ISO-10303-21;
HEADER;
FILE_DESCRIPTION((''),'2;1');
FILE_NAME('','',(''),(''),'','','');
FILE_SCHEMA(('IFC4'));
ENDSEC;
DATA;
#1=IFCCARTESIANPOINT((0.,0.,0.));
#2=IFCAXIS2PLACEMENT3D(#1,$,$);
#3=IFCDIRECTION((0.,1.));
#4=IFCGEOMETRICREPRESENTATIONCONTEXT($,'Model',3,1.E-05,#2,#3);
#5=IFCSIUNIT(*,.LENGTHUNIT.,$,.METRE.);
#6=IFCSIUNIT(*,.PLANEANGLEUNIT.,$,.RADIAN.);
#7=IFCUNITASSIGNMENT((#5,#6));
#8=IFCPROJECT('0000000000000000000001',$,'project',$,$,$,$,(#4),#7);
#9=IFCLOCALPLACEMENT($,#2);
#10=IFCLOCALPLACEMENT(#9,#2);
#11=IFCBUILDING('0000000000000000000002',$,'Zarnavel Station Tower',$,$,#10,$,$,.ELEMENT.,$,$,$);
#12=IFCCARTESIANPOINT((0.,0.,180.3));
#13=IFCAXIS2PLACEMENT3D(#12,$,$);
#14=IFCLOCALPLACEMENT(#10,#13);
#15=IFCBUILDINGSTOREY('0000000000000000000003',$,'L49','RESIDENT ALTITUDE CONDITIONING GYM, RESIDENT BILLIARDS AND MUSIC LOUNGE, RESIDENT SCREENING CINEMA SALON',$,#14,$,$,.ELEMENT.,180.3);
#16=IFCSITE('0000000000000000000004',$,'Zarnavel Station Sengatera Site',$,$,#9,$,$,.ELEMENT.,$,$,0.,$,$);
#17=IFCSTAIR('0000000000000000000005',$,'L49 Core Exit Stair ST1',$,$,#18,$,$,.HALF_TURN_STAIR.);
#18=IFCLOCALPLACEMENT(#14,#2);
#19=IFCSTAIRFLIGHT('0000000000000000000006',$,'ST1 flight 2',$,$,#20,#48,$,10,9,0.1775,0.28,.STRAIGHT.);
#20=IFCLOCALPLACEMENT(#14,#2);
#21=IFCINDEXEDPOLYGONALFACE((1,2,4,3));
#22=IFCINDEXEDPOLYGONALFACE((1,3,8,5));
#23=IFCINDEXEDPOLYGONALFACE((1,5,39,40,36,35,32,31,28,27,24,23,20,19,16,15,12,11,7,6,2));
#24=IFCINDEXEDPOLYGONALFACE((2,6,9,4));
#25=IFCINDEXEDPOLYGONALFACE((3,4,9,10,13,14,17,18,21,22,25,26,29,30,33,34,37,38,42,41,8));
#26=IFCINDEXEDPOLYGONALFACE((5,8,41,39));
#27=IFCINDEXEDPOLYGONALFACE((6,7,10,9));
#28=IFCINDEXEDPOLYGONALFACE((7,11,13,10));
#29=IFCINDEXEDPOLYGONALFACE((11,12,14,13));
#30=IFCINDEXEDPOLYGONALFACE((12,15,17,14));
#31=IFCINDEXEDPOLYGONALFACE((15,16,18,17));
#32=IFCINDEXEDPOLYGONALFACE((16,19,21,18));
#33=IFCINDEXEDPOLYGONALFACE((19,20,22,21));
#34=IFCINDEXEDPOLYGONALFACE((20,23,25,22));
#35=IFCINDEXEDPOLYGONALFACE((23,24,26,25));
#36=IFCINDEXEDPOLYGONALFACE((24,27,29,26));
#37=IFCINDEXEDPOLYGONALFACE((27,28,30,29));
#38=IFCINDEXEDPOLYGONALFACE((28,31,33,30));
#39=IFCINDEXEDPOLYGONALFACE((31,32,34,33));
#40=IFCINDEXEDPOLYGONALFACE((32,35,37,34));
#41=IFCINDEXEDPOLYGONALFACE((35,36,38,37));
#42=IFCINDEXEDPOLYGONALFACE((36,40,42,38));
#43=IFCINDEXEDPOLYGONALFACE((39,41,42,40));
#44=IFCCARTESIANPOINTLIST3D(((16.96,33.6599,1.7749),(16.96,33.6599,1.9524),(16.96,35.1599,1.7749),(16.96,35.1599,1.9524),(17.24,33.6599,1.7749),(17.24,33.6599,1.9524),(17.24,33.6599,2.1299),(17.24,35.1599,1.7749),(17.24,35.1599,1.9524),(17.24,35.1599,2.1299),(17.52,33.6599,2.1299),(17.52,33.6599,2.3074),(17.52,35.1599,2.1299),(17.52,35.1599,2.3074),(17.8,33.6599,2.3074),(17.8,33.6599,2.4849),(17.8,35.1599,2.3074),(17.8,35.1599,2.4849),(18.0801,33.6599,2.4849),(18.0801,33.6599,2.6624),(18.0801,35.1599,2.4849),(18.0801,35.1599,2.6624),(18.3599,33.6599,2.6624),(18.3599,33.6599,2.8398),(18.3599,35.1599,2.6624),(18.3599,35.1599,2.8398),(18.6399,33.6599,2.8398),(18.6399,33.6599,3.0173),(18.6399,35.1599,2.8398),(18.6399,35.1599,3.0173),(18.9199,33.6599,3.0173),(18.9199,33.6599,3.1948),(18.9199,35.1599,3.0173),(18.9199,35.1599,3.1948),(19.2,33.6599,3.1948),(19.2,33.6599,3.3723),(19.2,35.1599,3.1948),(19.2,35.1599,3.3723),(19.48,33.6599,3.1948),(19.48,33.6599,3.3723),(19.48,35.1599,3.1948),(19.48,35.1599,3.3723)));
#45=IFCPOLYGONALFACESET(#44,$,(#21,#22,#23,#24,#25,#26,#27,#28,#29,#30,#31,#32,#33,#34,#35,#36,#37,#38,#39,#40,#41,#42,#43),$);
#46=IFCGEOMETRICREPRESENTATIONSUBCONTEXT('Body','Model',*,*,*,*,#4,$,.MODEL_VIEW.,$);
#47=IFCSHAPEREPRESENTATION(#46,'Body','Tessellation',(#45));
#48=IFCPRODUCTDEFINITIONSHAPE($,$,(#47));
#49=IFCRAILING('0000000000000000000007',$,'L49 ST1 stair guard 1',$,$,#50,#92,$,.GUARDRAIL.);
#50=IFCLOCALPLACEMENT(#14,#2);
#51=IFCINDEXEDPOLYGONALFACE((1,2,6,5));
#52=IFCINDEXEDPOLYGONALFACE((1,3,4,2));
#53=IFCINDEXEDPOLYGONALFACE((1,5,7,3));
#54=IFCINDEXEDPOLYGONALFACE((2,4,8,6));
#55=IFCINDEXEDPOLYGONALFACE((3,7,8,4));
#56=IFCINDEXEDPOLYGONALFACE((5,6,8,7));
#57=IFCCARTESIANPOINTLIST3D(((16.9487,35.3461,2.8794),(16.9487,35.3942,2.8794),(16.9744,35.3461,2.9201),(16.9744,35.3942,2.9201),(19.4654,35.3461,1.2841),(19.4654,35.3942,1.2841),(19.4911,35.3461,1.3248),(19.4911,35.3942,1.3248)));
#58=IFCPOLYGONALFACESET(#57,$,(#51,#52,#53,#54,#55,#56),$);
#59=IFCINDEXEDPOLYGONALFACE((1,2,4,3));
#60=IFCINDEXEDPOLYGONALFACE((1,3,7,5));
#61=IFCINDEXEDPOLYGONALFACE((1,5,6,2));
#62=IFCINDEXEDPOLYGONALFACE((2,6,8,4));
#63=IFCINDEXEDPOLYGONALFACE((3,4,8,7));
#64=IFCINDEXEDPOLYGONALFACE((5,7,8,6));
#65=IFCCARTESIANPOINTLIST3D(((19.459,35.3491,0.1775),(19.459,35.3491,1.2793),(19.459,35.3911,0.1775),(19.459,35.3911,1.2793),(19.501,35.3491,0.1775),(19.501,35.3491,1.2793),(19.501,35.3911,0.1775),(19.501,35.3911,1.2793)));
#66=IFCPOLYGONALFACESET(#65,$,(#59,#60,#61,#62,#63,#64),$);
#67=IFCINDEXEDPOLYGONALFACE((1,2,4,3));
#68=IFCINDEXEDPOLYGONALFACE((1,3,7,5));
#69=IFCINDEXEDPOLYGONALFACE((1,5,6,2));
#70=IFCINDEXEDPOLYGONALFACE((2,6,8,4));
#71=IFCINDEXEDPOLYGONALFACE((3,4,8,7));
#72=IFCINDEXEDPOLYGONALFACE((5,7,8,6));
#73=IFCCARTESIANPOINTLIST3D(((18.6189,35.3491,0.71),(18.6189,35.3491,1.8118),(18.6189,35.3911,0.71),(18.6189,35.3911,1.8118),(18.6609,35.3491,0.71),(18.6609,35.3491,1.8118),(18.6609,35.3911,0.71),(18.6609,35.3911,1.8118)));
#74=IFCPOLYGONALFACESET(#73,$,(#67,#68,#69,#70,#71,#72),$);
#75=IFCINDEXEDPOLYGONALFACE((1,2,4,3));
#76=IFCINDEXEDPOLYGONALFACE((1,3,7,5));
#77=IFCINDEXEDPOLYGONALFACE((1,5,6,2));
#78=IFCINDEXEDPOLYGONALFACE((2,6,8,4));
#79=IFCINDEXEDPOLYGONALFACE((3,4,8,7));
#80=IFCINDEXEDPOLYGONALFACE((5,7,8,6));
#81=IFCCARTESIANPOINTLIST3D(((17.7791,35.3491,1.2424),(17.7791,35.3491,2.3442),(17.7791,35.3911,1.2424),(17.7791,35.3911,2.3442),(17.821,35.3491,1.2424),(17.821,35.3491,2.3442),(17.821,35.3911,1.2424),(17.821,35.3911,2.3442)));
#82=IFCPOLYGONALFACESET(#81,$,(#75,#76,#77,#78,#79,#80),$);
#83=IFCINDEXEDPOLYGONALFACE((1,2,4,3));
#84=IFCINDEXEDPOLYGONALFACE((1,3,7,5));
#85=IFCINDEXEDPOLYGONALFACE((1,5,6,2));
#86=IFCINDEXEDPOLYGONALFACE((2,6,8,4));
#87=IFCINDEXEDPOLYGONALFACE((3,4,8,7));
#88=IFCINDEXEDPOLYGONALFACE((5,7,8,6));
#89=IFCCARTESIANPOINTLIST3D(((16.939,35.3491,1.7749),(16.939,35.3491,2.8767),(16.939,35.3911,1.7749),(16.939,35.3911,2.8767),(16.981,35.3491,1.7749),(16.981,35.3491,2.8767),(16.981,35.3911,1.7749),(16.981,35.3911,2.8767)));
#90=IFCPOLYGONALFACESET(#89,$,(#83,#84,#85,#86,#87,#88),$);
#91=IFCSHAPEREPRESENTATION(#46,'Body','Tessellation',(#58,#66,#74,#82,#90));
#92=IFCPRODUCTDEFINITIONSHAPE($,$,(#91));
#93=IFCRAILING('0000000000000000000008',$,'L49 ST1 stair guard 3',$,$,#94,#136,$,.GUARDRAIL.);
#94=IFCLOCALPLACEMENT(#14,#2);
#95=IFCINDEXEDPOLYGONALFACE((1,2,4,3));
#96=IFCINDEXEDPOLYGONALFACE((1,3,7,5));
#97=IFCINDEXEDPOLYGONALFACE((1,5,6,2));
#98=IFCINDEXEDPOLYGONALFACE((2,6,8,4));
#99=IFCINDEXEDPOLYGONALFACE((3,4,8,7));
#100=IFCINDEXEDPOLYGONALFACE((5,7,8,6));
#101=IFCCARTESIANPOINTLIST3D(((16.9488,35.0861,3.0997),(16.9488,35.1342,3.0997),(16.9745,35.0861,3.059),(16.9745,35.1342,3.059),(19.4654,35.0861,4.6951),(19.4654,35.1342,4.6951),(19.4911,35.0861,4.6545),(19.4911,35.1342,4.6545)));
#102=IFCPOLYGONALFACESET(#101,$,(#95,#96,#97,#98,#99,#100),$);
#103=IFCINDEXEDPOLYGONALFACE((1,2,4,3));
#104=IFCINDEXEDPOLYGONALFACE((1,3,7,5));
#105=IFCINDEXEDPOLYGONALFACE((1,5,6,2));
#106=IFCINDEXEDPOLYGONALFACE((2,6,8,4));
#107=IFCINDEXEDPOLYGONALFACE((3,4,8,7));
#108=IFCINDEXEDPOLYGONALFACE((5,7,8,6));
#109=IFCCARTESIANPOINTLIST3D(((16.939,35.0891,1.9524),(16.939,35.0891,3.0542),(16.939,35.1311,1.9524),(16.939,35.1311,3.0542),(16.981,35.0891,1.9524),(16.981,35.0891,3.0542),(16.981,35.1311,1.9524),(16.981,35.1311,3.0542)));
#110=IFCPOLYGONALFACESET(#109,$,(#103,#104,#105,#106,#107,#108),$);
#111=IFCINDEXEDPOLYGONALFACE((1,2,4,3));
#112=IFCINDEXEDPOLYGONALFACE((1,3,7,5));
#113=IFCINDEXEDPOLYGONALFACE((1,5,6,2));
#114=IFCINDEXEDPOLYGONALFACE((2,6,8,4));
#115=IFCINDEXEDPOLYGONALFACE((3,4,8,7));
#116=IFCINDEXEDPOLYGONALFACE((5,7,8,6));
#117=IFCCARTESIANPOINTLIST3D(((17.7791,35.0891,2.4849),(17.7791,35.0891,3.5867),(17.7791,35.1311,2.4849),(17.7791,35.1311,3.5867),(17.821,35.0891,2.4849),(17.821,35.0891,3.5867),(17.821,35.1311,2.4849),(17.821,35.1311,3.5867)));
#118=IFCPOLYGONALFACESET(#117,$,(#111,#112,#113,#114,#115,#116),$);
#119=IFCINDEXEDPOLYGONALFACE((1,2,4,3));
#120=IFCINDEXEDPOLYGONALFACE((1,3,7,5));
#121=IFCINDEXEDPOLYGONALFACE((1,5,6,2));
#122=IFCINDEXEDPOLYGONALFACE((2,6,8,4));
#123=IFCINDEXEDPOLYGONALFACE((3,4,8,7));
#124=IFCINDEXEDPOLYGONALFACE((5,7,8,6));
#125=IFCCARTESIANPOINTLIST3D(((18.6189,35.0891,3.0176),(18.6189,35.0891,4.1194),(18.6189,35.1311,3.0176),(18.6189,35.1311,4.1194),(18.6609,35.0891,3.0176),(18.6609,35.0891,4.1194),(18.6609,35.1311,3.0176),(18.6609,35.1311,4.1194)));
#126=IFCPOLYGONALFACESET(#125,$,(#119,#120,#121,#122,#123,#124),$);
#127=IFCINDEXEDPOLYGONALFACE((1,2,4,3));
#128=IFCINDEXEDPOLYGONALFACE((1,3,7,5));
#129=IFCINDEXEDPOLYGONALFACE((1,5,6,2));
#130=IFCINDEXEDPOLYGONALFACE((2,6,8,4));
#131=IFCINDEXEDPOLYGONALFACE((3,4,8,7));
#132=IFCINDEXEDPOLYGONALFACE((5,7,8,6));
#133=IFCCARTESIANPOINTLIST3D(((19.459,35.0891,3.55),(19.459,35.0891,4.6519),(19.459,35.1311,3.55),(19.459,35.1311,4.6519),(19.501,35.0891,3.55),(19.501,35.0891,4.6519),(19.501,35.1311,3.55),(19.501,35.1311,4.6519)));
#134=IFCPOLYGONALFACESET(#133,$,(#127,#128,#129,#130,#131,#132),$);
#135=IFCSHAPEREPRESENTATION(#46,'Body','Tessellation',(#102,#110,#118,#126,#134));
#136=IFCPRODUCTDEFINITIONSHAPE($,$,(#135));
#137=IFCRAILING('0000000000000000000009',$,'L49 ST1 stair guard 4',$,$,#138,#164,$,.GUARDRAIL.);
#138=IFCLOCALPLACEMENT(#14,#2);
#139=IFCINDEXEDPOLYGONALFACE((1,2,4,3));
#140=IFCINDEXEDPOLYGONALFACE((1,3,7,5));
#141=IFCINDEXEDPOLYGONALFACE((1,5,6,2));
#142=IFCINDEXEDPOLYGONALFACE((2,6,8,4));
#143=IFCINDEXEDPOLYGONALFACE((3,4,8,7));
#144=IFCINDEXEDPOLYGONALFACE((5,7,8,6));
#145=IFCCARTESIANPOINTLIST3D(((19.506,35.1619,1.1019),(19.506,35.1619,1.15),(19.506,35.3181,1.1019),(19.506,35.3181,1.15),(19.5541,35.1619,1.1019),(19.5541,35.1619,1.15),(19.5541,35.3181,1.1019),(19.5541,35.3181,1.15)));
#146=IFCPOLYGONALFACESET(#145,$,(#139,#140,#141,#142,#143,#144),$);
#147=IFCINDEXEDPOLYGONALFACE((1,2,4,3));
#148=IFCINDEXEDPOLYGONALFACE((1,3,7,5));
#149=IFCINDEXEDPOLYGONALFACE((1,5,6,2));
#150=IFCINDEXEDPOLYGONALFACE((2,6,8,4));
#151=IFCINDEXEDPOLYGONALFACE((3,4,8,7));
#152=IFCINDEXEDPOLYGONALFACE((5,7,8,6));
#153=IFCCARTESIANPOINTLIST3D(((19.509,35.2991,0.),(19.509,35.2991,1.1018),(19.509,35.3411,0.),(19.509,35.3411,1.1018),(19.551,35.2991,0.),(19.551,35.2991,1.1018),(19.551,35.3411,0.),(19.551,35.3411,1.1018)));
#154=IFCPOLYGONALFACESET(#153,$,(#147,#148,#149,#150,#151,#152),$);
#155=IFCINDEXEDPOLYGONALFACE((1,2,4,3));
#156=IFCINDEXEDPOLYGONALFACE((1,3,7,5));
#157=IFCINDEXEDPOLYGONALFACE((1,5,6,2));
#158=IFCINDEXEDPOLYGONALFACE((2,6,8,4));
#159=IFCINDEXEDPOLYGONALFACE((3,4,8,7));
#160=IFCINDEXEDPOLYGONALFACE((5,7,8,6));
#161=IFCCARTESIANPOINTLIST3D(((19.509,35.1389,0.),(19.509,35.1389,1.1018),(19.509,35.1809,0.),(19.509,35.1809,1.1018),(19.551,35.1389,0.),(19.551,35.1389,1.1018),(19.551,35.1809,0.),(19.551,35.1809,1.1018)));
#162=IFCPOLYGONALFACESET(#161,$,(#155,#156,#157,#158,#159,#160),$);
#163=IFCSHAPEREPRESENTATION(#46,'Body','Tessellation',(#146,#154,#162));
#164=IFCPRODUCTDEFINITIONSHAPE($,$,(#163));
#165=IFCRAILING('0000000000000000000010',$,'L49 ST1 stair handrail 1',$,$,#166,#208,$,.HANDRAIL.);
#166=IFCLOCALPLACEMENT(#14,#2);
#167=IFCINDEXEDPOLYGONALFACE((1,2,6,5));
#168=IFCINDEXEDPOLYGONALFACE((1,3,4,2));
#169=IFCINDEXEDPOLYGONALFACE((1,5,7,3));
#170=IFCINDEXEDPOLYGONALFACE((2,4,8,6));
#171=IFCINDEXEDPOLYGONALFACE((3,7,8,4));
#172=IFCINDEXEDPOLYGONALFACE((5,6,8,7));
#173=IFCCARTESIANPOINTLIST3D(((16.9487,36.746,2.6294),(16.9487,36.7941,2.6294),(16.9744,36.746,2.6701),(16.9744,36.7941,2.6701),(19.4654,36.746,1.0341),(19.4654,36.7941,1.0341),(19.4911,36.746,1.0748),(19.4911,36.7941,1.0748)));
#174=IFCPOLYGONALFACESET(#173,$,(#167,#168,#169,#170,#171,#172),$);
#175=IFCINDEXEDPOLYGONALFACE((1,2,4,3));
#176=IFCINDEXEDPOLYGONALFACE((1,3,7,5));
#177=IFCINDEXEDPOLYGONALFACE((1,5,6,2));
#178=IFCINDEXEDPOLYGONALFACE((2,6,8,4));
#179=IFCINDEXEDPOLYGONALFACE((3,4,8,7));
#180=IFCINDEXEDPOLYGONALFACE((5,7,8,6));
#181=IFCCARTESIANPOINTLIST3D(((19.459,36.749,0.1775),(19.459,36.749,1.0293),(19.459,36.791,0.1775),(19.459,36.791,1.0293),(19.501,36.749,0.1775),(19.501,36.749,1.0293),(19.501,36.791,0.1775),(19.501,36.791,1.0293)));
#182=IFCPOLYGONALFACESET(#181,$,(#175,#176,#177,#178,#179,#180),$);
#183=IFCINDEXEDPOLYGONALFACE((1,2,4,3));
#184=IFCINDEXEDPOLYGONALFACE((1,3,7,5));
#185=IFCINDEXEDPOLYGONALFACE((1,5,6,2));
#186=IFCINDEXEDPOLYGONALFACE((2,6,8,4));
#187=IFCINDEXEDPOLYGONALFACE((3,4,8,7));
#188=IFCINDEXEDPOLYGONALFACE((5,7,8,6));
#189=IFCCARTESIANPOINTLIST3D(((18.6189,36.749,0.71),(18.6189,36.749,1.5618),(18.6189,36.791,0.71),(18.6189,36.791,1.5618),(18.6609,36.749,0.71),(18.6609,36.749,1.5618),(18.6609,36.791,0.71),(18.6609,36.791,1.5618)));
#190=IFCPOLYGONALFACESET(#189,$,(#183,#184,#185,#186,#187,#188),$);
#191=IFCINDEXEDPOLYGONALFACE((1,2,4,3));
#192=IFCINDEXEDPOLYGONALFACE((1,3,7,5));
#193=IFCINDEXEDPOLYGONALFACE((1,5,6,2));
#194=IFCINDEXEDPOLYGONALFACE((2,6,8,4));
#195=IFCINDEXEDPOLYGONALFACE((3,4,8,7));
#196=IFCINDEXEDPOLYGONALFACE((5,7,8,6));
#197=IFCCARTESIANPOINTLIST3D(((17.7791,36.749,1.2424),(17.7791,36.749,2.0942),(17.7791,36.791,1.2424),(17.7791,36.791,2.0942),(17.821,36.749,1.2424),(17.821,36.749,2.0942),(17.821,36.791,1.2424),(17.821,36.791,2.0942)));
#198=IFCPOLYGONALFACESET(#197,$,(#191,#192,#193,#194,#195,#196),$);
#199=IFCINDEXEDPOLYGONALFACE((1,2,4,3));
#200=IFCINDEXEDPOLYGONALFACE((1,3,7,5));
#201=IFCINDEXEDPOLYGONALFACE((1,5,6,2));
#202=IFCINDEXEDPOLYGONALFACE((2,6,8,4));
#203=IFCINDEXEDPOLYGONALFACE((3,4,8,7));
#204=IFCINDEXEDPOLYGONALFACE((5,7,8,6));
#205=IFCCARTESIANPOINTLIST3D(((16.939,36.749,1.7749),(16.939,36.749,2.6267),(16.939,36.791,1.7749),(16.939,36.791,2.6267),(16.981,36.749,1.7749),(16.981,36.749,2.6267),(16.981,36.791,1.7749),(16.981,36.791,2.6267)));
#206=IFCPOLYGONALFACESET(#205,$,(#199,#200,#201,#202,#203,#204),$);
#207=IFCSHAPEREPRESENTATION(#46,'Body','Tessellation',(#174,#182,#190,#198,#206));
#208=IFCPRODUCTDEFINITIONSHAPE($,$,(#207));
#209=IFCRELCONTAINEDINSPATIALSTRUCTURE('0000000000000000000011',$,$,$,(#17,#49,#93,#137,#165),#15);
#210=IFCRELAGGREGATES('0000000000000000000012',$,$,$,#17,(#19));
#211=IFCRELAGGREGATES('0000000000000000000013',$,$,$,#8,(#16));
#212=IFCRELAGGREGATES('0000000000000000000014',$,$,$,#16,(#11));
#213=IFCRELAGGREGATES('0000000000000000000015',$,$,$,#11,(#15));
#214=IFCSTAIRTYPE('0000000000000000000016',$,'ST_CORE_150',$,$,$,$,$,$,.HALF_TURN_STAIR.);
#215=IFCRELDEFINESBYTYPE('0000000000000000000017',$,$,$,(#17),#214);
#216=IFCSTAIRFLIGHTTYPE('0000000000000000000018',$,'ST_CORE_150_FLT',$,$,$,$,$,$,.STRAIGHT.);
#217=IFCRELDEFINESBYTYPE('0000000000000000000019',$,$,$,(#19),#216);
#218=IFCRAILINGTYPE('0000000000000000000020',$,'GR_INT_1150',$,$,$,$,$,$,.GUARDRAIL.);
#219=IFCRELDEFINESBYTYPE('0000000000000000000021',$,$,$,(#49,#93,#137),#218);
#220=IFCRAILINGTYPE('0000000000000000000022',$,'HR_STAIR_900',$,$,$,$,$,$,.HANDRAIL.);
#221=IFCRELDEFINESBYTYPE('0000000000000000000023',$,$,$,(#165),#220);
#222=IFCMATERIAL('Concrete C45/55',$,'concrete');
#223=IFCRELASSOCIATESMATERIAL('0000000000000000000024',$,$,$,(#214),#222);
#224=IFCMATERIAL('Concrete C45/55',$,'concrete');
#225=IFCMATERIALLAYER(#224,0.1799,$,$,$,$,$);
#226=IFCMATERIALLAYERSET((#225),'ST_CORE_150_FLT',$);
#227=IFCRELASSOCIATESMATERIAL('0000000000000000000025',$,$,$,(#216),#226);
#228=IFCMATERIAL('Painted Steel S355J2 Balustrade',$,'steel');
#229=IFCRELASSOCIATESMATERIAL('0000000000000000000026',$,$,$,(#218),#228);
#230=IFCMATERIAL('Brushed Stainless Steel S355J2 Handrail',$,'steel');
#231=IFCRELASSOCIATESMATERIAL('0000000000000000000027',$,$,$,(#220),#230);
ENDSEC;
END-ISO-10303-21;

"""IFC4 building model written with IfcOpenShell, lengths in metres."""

from ifc_helpers import new_model, si_unit, direction, frame, origin, origin_2d, place, context, subcontext, project, spatial, polyline, rectangle, outline, extrude, material, layer, layer_set, type_object, element, aggregate, save


model = new_model("IFC4")

# Units and contexts
model_context = context("Model", 3, precision=1e-05, world=origin(), true_north=direction((0.0, 1.0)))
body_context = subcontext(model_context, "Body", "Model", "MODEL_VIEW")
ifc_project = project(units=[si_unit("LENGTHUNIT", "METRE"), si_unit("PLANEANGLEUNIT", "RADIAN")], contexts=[model_context])

# Site, building, storey
site_placement = place(None, origin())
site = spatial("IfcSite", under=ifc_project, at=site_placement, Name="Zarnavel Station Sengatera Site", CompositionType="ELEMENT", RefElevation=0.0)
building_placement = place(site_placement, origin())
building = spatial("IfcBuilding", under=site, at=building_placement, Name="Zarnavel Station Tower", CompositionType="ELEMENT")
storey_placement = place(building_placement, frame((0.0, 0.0, 180.3)))
storey = spatial("IfcBuildingStorey", under=building, at=storey_placement, Name="L49", Description="RESIDENT ALTITUDE CONDITIONING GYM, RESIDENT BILLIARDS AND MUSIC LOUNGE, RESIDENT SCREENING CINEMA SALON", CompositionType="ELEMENT", Elevation=180.3)

# Stair, stair flight
ifc_material_1 = material(Name="Concrete C45/55", Category="concrete")
stair_type = type_object("IfcStairType", Name="ST_CORE_150", PredefinedType="HALF_TURN_STAIR", material=ifc_material_1)
stair_placement = place(storey_placement, origin())
stair = element("IfcStair", 1, at=stair_placement, inside=storey, type_object=stair_type, Name="L49 Core Exit Stair ST1", PredefinedType="HALF_TURN_STAIR")
ifc_material_2 = material(Name="Concrete C45/55", Category="concrete")
ifc_layer_1 = layer(ifc_material_2, 0.1799)
ifc_layer_set_1 = layer_set([ifc_layer_1], Name="ST_CORE_150_FLT")
stair_flight_type = type_object("IfcStairFlightType", Name="ST_CORE_150_FLT", PredefinedType="STRAIGHT", material=ifc_layer_set_1)
stair_flight_1_placement = place(storey_placement, frame((16.96, 34.4099, 1.7749), z_axis=(0.0, 0.0, 1.0), x_axis=(1.0, 0.0, 0.0)))
stair_flight_1 = element("IfcStairFlight", 2, at=stair_flight_1_placement, type_object=stair_flight_type, Name="ST1 flight 2", NumberOfRisers=10, NumberOfTreads=9, PredefinedType="STRAIGHT", RiserHeight=0.1775, TreadLength=0.28, context=body_context, shape_type="SweptSolid", body=[
    extrude(outline(polyline([(0.0, 0.0), (0.0, 0.1775), (0.28, 0.1775), (0.28, 0.355), (0.5601, 0.355), (0.5601, 0.5325), (0.8401, 0.5325), (0.8401, 0.71), (1.1201, 0.71), (1.1201, 0.8875), (1.3999, 0.8875), (1.3999, 1.0649), (1.6799, 1.0649), (1.6799, 1.2424), (1.96, 1.2424), (1.96, 1.4199), (2.24, 1.4199), (2.24, 1.5974), (2.52, 1.5974), (2.52, 1.7749), (2.52, 1.4199), (0.28, 0.0), (0.0, 0.0)])), frame((0.0, 0.75, 0.0), z_axis=(0.0, -1.0, 0.0), x_axis=(1.0, 0.0, 0.0)), (0.0, 0.0, 1.0), 1.5),
])
aggregate(stair, [stair_flight_1])

# Railings
ifc_material_3 = material(Name="Painted Steel S355J2 Balustrade", Category="steel")
railing_type_1 = type_object("IfcRailingType", Name="GR_INT_1150", PredefinedType="GUARDRAIL", material=ifc_material_3)
railing_1_placement = place(storey_placement, frame((19.48, 35.3701, 0.1775)))
element("IfcRailing", 3, at=railing_1_placement, inside=storey, type_object=railing_type_1, Name="L49 ST1 stair guard 1", PredefinedType="GUARDRAIL", context=body_context, shape_type="SweptSolid", body=[
    extrude(rectangle(XDim=0.0481, YDim=0.0481, at=origin_2d()), frame((-0.0017, 0.0, 1.127), z_axis=(-0.844607, 0.0, 0.535387), x_axis=(0.0, -1.0, 0.0)), (0.0, 0.0, 1.0), 2.9797),
    extrude(rectangle(XDim=0.042, YDim=0.042, at=origin_2d()), origin(), (0.0, 0.0, 1.0), 1.1018),
    extrude(rectangle(XDim=0.042, YDim=0.042, at=origin_2d()), frame((-0.8401, 0.0, 0.5325)), (0.0, 0.0, 1.0), 1.1018),
    extrude(rectangle(XDim=0.042, YDim=0.042, at=origin_2d()), frame((-1.6799, 0.0, 1.0649)), (0.0, 0.0, 1.0), 1.1018),
    extrude(rectangle(XDim=0.042, YDim=0.042, at=origin_2d()), frame((-2.52, 0.0, 1.5974)), (0.0, 0.0, 1.0), 1.1018),
])
railing_2_placement = place(storey_placement, frame((16.96, 35.1101, 1.9524)))
element("IfcRailing", 4, at=railing_2_placement, inside=storey, type_object=railing_type_1, Name="L49 ST1 stair guard 3", PredefinedType="GUARDRAIL", context=body_context, shape_type="SweptSolid", body=[
    extrude(rectangle(XDim=0.0481, YDim=0.0481, at=origin_2d()), frame((0.0017, 0.0, 1.127), z_axis=(0.84457, 0.0, 0.535445), x_axis=(0.0, 1.0, 0.0)), (0.0, 0.0, 1.0), 2.9797),
    extrude(rectangle(XDim=0.042, YDim=0.042, at=origin_2d()), origin(), (0.0, 0.0, 1.0), 1.1018),
    extrude(rectangle(XDim=0.042, YDim=0.042, at=origin_2d()), frame((0.8401, 0.0, 0.5325)), (0.0, 0.0, 1.0), 1.1018),
    extrude(rectangle(XDim=0.042, YDim=0.042, at=origin_2d()), frame((1.6799, 0.0, 1.0652)), (0.0, 0.0, 1.0), 1.1018),
    extrude(rectangle(XDim=0.042, YDim=0.042, at=origin_2d()), frame((2.52, 0.0, 1.5977)), (0.0, 0.0, 1.0), 1.1018),
])
railing_3_placement = place(storey_placement, frame((19.53, 35.3201, 0.0)))
element("IfcRailing", 5, at=railing_3_placement, inside=storey, type_object=railing_type_1, Name="L49 ST1 stair guard 4", PredefinedType="GUARDRAIL", context=body_context, shape_type="SweptSolid", body=[
    extrude(rectangle(XDim=0.0481, YDim=0.0481, at=origin_2d()), frame((0.0, -0.002, 1.126), z_axis=(0.0, -1.0, 0.0), x_axis=(1.0, 0.0, 0.0)), (0.0, 0.0, 1.0), 0.1562),
    extrude(rectangle(XDim=0.042, YDim=0.042, at=origin_2d()), origin(), (0.0, 0.0, 1.0), 1.1018),
    extrude(rectangle(XDim=0.042, YDim=0.042, at=origin_2d()), frame((0.0, -0.1602, 0.0)), (0.0, 0.0, 1.0), 1.1018),
])
ifc_material_4 = material(Name="Brushed Stainless Steel S355J2 Handrail", Category="steel")
railing_type_2 = type_object("IfcRailingType", Name="HR_STAIR_900", PredefinedType="HANDRAIL", material=ifc_material_4)
railing_4_placement = place(storey_placement, frame((19.48, 36.77, 0.1775)))
element("IfcRailing", 6, at=railing_4_placement, inside=storey, type_object=railing_type_2, Name="L49 ST1 stair handrail 1", PredefinedType="HANDRAIL", context=body_context, shape_type="SweptSolid", body=[
    extrude(rectangle(XDim=0.0481, YDim=0.0481, at=origin_2d()), frame((-0.0017, 0.0, 0.877), z_axis=(-0.844607, 0.0, 0.535387), x_axis=(0.0, -1.0, 0.0)), (0.0, 0.0, 1.0), 2.9797),
    extrude(rectangle(XDim=0.042, YDim=0.042, at=origin_2d()), origin(), (0.0, 0.0, 1.0), 0.8518),
    extrude(rectangle(XDim=0.042, YDim=0.042, at=origin_2d()), frame((-0.8401, 0.0, 0.5325)), (0.0, 0.0, 1.0), 0.8518),
    extrude(rectangle(XDim=0.042, YDim=0.042, at=origin_2d()), frame((-1.6799, 0.0, 1.0649)), (0.0, 0.0, 1.0), 0.8518),
    extrude(rectangle(XDim=0.042, YDim=0.042, at=origin_2d()), frame((-2.52, 0.0, 1.5974)), (0.0, 0.0, 1.0), 0.8518),
])

save(model, "model.ifc")
